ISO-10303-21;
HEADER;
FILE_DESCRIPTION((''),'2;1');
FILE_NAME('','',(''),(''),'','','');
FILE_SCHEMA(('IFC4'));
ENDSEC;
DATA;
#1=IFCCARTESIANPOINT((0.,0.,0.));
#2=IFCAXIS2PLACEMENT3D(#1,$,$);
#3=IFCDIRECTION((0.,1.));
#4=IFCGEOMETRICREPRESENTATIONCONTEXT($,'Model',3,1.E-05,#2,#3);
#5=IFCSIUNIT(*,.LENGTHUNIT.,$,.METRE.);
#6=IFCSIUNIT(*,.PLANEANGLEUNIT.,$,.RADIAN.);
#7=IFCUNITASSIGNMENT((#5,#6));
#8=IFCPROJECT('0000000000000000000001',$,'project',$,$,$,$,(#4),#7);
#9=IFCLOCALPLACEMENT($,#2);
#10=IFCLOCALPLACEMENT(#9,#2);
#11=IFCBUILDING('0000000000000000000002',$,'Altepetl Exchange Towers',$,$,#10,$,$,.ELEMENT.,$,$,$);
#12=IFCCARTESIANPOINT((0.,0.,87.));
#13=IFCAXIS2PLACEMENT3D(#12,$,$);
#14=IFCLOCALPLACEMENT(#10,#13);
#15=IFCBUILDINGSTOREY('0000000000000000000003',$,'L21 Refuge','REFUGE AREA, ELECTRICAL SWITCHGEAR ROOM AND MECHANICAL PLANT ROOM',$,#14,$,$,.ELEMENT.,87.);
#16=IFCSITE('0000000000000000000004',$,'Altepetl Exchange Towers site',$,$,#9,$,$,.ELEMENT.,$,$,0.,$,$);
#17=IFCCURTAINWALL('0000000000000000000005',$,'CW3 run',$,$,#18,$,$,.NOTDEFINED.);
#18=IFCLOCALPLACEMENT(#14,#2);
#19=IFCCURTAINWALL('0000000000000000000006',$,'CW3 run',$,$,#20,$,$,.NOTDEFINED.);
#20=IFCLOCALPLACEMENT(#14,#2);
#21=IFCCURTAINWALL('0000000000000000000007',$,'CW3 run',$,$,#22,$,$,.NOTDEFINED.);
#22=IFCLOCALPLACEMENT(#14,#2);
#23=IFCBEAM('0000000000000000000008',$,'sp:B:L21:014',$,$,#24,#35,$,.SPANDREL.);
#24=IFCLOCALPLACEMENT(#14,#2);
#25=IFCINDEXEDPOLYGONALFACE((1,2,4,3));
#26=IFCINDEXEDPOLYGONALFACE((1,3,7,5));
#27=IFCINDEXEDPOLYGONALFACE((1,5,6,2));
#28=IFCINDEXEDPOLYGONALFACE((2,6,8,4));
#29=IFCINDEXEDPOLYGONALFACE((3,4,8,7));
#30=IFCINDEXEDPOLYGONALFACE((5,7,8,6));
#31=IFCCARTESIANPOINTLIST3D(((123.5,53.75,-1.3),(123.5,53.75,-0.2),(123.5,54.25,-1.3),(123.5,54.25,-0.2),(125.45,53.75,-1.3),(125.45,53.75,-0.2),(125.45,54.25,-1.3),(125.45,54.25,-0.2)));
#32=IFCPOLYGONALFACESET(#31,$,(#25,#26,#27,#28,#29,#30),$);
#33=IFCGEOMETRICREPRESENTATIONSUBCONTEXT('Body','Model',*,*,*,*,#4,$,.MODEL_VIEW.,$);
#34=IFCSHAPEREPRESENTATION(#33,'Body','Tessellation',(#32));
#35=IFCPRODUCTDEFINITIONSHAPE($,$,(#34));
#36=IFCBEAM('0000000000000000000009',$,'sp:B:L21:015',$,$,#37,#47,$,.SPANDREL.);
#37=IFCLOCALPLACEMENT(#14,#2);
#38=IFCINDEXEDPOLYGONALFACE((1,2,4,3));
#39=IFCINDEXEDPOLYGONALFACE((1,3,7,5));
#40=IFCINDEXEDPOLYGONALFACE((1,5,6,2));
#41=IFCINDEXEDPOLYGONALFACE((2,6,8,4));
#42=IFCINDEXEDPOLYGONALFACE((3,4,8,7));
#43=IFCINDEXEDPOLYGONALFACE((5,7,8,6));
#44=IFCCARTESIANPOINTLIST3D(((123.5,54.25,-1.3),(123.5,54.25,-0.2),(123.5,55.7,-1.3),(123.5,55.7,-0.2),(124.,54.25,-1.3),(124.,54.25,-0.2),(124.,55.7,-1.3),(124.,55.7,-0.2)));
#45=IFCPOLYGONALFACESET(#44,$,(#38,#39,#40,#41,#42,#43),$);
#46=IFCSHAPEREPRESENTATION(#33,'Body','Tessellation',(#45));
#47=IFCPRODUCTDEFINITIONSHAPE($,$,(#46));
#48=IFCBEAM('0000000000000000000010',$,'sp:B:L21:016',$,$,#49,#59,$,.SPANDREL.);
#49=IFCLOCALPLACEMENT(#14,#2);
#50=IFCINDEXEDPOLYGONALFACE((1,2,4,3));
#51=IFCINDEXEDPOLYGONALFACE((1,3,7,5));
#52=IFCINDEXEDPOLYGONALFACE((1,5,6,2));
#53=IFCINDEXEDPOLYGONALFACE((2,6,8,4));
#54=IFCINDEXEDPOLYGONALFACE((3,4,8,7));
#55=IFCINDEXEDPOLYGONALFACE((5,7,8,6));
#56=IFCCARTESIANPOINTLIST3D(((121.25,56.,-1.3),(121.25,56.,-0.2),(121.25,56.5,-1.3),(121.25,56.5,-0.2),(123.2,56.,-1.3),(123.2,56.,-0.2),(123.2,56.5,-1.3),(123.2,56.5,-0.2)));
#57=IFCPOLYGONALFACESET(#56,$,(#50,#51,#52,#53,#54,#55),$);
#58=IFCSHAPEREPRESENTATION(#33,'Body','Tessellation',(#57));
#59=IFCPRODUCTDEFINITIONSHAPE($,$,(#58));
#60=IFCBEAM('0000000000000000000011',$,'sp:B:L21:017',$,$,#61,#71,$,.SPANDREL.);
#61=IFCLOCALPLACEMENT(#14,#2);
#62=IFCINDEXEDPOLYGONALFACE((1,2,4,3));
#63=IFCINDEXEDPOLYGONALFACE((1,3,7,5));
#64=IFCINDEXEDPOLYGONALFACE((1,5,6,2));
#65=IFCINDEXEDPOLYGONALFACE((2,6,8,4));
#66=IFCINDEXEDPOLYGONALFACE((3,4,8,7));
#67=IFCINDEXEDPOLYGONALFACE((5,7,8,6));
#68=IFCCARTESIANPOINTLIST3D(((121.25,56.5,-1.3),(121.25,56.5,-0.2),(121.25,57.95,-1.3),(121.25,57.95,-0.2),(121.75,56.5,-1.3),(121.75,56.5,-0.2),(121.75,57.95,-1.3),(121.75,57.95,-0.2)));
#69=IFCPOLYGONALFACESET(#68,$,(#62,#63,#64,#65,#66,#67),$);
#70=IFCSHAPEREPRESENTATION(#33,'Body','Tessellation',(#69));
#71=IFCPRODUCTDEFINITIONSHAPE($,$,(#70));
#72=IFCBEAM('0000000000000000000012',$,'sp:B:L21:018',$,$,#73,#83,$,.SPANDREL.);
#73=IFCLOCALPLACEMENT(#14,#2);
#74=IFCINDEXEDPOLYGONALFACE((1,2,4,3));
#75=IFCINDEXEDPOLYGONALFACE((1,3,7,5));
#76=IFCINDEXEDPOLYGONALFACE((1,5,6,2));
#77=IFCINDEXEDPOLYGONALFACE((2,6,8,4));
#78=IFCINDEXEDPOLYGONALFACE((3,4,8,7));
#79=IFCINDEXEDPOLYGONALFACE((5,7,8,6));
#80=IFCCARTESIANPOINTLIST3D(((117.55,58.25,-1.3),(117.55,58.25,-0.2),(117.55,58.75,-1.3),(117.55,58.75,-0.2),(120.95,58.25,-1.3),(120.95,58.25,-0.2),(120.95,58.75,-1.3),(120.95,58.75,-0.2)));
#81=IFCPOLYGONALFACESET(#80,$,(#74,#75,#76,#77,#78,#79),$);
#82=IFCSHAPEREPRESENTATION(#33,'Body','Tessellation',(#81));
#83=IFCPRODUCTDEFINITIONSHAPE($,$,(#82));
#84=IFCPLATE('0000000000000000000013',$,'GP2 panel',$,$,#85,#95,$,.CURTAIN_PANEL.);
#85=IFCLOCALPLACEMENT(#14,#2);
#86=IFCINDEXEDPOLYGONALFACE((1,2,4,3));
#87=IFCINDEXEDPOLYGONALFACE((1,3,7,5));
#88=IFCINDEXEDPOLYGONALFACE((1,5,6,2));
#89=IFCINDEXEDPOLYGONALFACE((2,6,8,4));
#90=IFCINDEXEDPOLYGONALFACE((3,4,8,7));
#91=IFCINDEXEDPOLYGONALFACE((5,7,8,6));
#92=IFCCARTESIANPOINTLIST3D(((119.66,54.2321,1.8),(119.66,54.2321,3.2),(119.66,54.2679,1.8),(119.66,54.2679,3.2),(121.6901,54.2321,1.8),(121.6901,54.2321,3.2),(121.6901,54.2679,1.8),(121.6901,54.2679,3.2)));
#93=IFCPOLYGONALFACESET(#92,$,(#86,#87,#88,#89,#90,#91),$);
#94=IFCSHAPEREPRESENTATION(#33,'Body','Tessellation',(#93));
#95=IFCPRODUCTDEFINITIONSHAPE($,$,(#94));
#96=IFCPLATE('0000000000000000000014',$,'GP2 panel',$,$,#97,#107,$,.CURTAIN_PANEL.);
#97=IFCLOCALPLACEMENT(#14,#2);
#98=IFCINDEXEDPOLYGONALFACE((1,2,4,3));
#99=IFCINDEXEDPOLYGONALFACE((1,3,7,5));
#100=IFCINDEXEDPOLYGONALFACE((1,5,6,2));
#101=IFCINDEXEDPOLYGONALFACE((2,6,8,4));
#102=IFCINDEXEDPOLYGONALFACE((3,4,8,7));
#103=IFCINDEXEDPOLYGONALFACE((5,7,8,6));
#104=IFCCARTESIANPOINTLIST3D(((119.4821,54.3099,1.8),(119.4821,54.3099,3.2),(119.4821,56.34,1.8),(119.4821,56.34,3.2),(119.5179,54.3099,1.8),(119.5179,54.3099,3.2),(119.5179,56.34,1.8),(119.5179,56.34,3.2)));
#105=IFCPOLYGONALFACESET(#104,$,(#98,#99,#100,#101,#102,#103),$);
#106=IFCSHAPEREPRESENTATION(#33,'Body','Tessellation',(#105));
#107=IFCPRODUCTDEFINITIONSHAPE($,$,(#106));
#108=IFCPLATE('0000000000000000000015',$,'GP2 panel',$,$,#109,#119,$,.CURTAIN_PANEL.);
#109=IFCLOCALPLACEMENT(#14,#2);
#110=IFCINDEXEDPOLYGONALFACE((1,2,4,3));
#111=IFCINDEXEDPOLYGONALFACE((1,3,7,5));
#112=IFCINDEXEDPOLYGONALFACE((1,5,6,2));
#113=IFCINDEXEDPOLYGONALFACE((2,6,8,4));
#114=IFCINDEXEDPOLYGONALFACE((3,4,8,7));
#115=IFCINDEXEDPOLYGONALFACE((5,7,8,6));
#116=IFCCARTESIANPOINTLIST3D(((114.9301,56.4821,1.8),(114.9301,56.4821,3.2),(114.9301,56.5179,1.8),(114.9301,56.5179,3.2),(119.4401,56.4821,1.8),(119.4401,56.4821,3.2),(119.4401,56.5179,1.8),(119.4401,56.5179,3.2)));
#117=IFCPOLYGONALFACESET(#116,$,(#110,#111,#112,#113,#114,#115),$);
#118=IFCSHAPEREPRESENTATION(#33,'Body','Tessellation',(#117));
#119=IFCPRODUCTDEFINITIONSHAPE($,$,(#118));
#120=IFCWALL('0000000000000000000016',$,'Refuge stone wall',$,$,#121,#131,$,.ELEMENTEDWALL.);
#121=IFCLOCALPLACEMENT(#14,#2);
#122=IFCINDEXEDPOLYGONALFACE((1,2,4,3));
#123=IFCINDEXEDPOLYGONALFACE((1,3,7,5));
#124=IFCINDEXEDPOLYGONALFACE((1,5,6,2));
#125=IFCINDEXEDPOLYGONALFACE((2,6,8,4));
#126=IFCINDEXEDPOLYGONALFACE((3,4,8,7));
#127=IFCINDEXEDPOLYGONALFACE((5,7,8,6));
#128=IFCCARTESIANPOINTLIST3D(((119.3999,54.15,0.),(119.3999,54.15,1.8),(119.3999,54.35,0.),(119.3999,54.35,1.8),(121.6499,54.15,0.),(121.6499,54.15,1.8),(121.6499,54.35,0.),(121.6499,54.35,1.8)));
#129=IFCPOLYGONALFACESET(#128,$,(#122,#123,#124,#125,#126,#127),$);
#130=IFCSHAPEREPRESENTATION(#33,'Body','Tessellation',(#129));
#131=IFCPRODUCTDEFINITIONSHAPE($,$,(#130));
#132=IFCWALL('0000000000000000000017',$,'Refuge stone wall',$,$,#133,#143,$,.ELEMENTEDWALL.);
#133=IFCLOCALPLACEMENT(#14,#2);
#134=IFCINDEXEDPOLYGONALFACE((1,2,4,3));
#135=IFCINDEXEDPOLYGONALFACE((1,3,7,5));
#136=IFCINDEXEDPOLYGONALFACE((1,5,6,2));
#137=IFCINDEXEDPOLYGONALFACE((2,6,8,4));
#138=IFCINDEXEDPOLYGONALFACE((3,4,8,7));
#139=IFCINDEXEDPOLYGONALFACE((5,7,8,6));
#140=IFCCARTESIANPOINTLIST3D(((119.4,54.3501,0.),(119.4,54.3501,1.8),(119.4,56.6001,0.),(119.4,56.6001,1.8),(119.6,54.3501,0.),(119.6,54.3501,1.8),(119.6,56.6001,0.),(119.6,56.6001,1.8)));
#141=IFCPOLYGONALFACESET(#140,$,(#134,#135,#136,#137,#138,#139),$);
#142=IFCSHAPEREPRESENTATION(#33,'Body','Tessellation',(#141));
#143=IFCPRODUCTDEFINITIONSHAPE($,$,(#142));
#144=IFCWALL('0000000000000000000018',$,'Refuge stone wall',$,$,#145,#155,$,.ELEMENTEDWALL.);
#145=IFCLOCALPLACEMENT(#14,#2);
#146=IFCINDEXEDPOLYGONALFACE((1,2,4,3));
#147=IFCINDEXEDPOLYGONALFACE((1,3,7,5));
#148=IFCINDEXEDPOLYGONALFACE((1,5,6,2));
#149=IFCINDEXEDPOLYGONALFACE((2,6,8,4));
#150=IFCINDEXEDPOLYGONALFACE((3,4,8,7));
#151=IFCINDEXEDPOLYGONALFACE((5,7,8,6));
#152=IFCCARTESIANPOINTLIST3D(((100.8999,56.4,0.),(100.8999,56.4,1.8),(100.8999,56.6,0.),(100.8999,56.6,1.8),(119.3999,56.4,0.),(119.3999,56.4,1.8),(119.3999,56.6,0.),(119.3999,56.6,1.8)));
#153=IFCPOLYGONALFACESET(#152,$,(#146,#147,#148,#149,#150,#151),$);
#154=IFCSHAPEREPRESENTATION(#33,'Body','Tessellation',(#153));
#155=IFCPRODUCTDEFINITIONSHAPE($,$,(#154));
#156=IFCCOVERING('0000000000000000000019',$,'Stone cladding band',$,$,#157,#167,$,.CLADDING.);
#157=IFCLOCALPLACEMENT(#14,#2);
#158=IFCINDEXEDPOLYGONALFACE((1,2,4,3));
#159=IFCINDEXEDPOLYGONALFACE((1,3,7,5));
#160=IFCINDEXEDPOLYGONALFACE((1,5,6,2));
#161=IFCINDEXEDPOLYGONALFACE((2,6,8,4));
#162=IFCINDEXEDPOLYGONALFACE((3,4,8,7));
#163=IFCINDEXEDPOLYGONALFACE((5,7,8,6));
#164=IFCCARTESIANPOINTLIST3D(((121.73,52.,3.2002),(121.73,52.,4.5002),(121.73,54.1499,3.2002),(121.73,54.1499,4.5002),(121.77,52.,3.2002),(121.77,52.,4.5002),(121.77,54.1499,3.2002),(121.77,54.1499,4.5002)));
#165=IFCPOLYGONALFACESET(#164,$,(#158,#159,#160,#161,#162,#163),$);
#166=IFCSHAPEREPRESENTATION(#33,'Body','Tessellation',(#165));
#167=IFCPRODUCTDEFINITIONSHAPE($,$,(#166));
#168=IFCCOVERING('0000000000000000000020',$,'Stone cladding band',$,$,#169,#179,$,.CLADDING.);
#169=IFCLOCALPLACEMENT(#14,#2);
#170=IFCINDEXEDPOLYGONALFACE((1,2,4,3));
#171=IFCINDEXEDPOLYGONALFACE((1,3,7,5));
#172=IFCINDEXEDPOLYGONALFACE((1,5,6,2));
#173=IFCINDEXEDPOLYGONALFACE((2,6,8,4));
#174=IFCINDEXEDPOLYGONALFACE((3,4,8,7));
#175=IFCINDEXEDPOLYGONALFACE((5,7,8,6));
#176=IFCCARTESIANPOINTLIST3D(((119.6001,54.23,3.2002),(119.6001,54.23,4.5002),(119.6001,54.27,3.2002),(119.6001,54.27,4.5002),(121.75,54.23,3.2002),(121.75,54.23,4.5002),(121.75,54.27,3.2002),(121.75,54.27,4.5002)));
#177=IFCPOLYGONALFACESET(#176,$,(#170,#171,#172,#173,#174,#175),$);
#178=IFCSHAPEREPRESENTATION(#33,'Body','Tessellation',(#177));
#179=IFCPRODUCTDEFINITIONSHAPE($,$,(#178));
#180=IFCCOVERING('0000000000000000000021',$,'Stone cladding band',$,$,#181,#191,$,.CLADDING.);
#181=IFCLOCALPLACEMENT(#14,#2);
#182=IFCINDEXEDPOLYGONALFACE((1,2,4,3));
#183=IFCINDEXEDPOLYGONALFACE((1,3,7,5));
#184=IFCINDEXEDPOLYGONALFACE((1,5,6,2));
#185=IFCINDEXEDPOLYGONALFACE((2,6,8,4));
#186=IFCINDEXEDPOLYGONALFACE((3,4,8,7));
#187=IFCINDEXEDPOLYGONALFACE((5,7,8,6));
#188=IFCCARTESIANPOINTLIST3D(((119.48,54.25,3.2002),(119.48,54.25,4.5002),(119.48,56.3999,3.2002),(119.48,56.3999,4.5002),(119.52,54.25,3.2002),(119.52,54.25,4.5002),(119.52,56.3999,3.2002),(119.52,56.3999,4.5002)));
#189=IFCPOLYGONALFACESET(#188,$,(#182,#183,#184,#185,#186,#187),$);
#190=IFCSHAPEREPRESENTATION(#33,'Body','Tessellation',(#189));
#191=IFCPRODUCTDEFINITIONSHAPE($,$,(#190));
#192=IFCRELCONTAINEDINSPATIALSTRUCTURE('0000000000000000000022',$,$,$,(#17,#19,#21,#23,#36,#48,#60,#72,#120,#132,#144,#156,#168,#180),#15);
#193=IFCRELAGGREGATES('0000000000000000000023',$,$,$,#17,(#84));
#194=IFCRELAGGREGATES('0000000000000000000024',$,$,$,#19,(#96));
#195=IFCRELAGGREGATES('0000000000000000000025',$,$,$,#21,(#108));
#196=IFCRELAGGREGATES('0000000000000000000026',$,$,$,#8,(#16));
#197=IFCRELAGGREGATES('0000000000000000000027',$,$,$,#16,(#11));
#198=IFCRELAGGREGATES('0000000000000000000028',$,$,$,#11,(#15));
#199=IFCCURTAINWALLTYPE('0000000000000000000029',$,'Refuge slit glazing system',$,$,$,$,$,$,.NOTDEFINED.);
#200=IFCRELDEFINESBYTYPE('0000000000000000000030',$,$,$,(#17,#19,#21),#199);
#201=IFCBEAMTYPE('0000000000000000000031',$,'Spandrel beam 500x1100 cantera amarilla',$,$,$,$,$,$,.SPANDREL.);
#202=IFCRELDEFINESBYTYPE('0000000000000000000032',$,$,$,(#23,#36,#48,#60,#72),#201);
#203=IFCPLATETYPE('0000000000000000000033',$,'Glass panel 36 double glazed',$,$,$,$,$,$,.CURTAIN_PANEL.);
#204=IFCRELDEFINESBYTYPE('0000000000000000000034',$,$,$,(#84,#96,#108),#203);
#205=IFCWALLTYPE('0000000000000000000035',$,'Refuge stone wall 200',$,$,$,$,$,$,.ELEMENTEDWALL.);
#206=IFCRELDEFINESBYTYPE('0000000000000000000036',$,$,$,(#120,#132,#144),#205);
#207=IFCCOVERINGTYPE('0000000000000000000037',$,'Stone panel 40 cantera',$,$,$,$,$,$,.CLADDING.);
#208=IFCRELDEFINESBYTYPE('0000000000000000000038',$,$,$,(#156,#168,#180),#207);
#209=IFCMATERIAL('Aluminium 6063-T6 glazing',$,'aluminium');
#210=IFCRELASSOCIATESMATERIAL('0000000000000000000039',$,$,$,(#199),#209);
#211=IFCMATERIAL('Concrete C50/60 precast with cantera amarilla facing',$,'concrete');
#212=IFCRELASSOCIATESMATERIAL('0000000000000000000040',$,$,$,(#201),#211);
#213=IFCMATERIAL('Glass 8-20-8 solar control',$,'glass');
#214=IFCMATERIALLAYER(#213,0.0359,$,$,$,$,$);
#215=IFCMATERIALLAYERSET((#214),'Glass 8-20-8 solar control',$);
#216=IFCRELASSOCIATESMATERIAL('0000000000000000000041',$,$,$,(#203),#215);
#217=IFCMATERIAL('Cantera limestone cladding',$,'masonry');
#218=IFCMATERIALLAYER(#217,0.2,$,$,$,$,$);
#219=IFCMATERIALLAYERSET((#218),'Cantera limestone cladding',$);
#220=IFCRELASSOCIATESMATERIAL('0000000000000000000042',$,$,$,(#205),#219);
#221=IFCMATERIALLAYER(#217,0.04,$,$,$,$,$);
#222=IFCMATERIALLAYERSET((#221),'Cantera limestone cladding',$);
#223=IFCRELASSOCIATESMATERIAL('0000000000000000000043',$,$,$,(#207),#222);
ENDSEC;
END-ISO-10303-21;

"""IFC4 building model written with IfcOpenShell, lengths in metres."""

from ifc_helpers import new_model, si_unit, direction, frame, frame_2d, origin, origin_2d, place, context, subcontext, project, spatial, rectangle, extrude, material, layer, layer_set, material_profile, profile_set, type_object, element, aggregate, save


model = new_model("IFC4")

# Units and contexts
model_context = context("Model", 3, precision=1e-05, world=origin(), true_north=direction((0.0, 1.0)))
body_context = subcontext(model_context, "Body", "Model", "MODEL_VIEW")
ifc_project = project(units=[si_unit("LENGTHUNIT", "METRE"), si_unit("PLANEANGLEUNIT", "RADIAN")], contexts=[model_context])

# Site, building, storey
site_placement = place(None, origin())
site = spatial("IfcSite", under=ifc_project, at=site_placement, Name="Altepetl Exchange Towers site", CompositionType="ELEMENT", RefElevation=0.0)
building_placement = place(site_placement, origin())
building = spatial("IfcBuilding", under=site, at=building_placement, Name="Altepetl Exchange Towers", CompositionType="ELEMENT")
storey_placement = place(building_placement, frame((0.0, 0.0, 87.0)))
storey = spatial("IfcBuildingStorey", under=building, at=storey_placement, Name="L21 Refuge", Description="REFUGE AREA, ELECTRICAL SWITCHGEAR ROOM AND MECHANICAL PLANT ROOM", CompositionType="ELEMENT", Elevation=87.0)

# Shared definitions
ifc_material_1 = material(Name="Aluminium 6063-T6 glazing", Category="aluminium")
curtain_wall_type = type_object("IfcCurtainWallType", Name="Refuge slit glazing system", PredefinedType="NOTDEFINED", material=ifc_material_1)

# Curtain walls
curtain_wall_1_placement = place(storey_placement, origin())
curtain_wall_1 = element("IfcCurtainWall", 1, at=curtain_wall_1_placement, inside=storey, type_object=curtain_wall_type, Name="CW3 run", PredefinedType="NOTDEFINED")
curtain_wall_2_placement = place(storey_placement, origin())
curtain_wall_2 = element("IfcCurtainWall", 2, at=curtain_wall_2_placement, inside=storey, type_object=curtain_wall_type, Name="CW3 run", PredefinedType="NOTDEFINED")

# Curtain wall
curtain_wall_3_placement = place(storey_placement, origin())
curtain_wall_3 = element("IfcCurtainWall", 3, at=curtain_wall_3_placement, inside=storey, type_object=curtain_wall_type, Name="CW3 run", PredefinedType="NOTDEFINED")

# Beams
ifc_material_2 = material(Name="Concrete C50/60 precast with cantera amarilla facing", Category="concrete")
ifc_material_profile_1 = material_profile(ifc_material_2, rectangle(XDim=0.5, YDim=1.1001, at=origin_2d()), Name="500 x 1100")
ifc_profile_set_1 = profile_set([ifc_material_profile_1], Name="Concrete C50/60 precast with cantera amarilla facing")
beam_type = type_object("IfcBeamType", Name="Spandrel beam 500x1100 cantera amarilla", PredefinedType="SPANDREL", material=ifc_profile_set_1)
beam_1_placement = place(storey_placement, frame((125.45, 54.0, -0.75), z_axis=(-1.0, 0.0, 0.0), x_axis=(0.0, -1.0, 0.0)))
element("IfcBeam", 4, at=beam_1_placement, inside=storey, type_object=beam_type, Name="sp:B:L21:014", PredefinedType="SPANDREL", context=body_context, shape_type="SweptSolid", body=[
    extrude(rectangle(XDim=0.5, YDim=1.1001, at=origin_2d()), origin(), (0.0, 0.0, 1.0), 1.95),
])
beam_2_placement = place(storey_placement, frame((123.75, 54.25, -0.75), z_axis=(0.0, 1.0, 0.0), x_axis=(-1.0, 0.0, 0.0)))
element("IfcBeam", 5, at=beam_2_placement, inside=storey, type_object=beam_type, Name="sp:B:L21:015", PredefinedType="SPANDREL", context=body_context, shape_type="SweptSolid", body=[
    extrude(rectangle(XDim=0.5, YDim=1.1001, at=origin_2d()), origin(), (0.0, 0.0, 1.0), 1.45),
])
beam_3_placement = place(storey_placement, frame((123.2, 56.25, -0.75), z_axis=(-1.0, 0.0, 0.0), x_axis=(0.0, -1.0, 0.0)))
element("IfcBeam", 6, at=beam_3_placement, inside=storey, type_object=beam_type, Name="sp:B:L21:016", PredefinedType="SPANDREL", context=body_context, shape_type="SweptSolid", body=[
    extrude(rectangle(XDim=0.5, YDim=1.1001, at=origin_2d()), origin(), (0.0, 0.0, 1.0), 1.95),
])
beam_4_placement = place(storey_placement, frame((121.5, 56.5, -0.75), z_axis=(0.0, 1.0, 0.0), x_axis=(-1.0, 0.0, 0.0)))
element("IfcBeam", 7, at=beam_4_placement, inside=storey, type_object=beam_type, Name="sp:B:L21:017", PredefinedType="SPANDREL", context=body_context, shape_type="SweptSolid", body=[
    extrude(rectangle(XDim=0.5, YDim=1.1001, at=origin_2d()), origin(), (0.0, 0.0, 1.0), 1.45),
])
beam_5_placement = place(storey_placement, frame((120.95, 58.5, -0.75), z_axis=(-1.0, 0.0, 0.0), x_axis=(0.0, -1.0, 0.0)))
element("IfcBeam", 8, at=beam_5_placement, inside=storey, type_object=beam_type, Name="sp:B:L21:018", PredefinedType="SPANDREL", context=body_context, shape_type="SweptSolid", body=[
    extrude(rectangle(XDim=0.5, YDim=1.1001, at=origin_2d()), origin(), (0.0, 0.0, 1.0), 3.3999),
])

# Plates
ifc_material_3 = material(Name="Glass 8-20-8 solar control", Category="glass")
ifc_layer_1 = layer(ifc_material_3, 0.0359)
ifc_layer_set_1 = layer_set([ifc_layer_1], Name="Glass 8-20-8 solar control")
plate_type = type_object("IfcPlateType", Name="Glass panel 36 double glazed", PredefinedType="CURTAIN_PANEL", material=ifc_layer_set_1)
plate_1_placement = place(storey_placement, frame((120.675, 54.25, 1.8), z_axis=(0.0, 0.0, 1.0), x_axis=(-1.0, 0.0, 0.0)))
plate_1 = element("IfcPlate", 9, at=plate_1_placement, type_object=plate_type, Name="GP2 panel", PredefinedType="CURTAIN_PANEL", context=body_context, shape_type="SweptSolid", body=[
    extrude(rectangle(XDim=2.03, YDim=0.0359, at=origin_2d()), origin(), (0.0, 0.0, 1.0), 1.3999),
])
aggregate(curtain_wall_1, [plate_1])
plate_2_placement = place(storey_placement, frame((119.5, 55.325, 1.8), z_axis=(0.0, 0.0, 1.0), x_axis=(0.0, 1.0, 0.0)))
plate_2 = element("IfcPlate", 10, at=plate_2_placement, type_object=plate_type, Name="GP2 panel", PredefinedType="CURTAIN_PANEL", context=body_context, shape_type="SweptSolid", body=[
    extrude(rectangle(XDim=2.03, YDim=0.0359, at=origin_2d()), origin(), (0.0, 0.0, 1.0), 1.3999),
])
aggregate(curtain_wall_2, [plate_2])
plate_3_placement = place(storey_placement, frame((117.1851, 56.5, 1.8), z_axis=(0.0, 0.0, 1.0), x_axis=(-1.0, 0.0, 0.0)))
plate_3 = element("IfcPlate", 11, at=plate_3_placement, type_object=plate_type, Name="GP2 panel", PredefinedType="CURTAIN_PANEL", context=body_context, shape_type="SweptSolid", body=[
    extrude(rectangle(XDim=4.51, YDim=0.0359, at=origin_2d()), origin(), (0.0, 0.0, 1.0), 1.3999),
])
aggregate(curtain_wall_3, [plate_3])

# Walls
ifc_material_4 = material(Name="Cantera limestone cladding", Category="masonry")
ifc_layer_2 = layer(ifc_material_4, 0.2)
ifc_layer_set_2 = layer_set([ifc_layer_2], Name="Cantera limestone cladding")
wall_type = type_object("IfcWallType", Name="Refuge stone wall 200", PredefinedType="ELEMENTEDWALL", material=ifc_layer_set_2)
for number, where, z_axis, x_axis, name in (
    (12, (121.6499, 54.25, 0.0), (0.0, 0.0, 1.0), (-1.0, 0.0, 0.0), "Refuge stone wall"),
    (13, (119.5, 54.3501, 0.0), (0.0, 0.0, 1.0), (0.0, 1.0, 0.0), "Refuge stone wall"),
):
    element("IfcWall", number, at=place(storey_placement, frame(where, z_axis=z_axis, x_axis=x_axis)), inside=storey, type_object=wall_type, Name=name, PredefinedType="ELEMENTEDWALL", context=body_context, shape_type="SweptSolid", body=[
        extrude(rectangle(XDim=2.25, YDim=0.2, at=frame_2d((1.125, 0.0))), origin(), (0.0, 0.0, 1.0), 1.8),
    ])
wall_placement = place(storey_placement, frame((119.3999, 56.5, 0.0), z_axis=(0.0, 0.0, 1.0), x_axis=(-1.0, 0.0, 0.0)))
element("IfcWall", 14, at=wall_placement, inside=storey, type_object=wall_type, Name="Refuge stone wall", PredefinedType="ELEMENTEDWALL", context=body_context, shape_type="SweptSolid", body=[
    extrude(rectangle(XDim=18.5, YDim=0.2, at=frame_2d((9.25, 0.0))), origin(), (0.0, 0.0, 1.0), 1.8),
])

# Coverings
ifc_layer_3 = layer(ifc_material_4, 0.04)
ifc_layer_set_3 = layer_set([ifc_layer_3], Name="Cantera limestone cladding")
covering_type = type_object("IfcCoveringType", Name="Stone panel 40 cantera", PredefinedType="CLADDING", material=ifc_layer_set_3)
for number, where, z_axis, x_axis, name in (
    (15, (121.75, 53.075, 3.2002), (0.0, 0.0, 1.0), (0.0, 1.0, 0.0), "Stone cladding band"),
    (16, (120.675, 54.25, 3.2002), (0.0, 0.0, 1.0), (-1.0, 0.0, 0.0), "Stone cladding band"),
    (17, (119.5, 55.325, 3.2002), (0.0, 0.0, 1.0), (0.0, 1.0, 0.0), "Stone cladding band"),
):
    element("IfcCovering", number, at=place(storey_placement, frame(where, z_axis=z_axis, x_axis=x_axis)), inside=storey, type_object=covering_type, Name=name, PredefinedType="CLADDING", context=body_context, shape_type="SweptSolid", body=[
        extrude(rectangle(XDim=2.1499, YDim=0.04, at=origin_2d()), origin(), (0.0, 0.0, 1.0), 1.3),
    ])

save(model, "model.ifc")
